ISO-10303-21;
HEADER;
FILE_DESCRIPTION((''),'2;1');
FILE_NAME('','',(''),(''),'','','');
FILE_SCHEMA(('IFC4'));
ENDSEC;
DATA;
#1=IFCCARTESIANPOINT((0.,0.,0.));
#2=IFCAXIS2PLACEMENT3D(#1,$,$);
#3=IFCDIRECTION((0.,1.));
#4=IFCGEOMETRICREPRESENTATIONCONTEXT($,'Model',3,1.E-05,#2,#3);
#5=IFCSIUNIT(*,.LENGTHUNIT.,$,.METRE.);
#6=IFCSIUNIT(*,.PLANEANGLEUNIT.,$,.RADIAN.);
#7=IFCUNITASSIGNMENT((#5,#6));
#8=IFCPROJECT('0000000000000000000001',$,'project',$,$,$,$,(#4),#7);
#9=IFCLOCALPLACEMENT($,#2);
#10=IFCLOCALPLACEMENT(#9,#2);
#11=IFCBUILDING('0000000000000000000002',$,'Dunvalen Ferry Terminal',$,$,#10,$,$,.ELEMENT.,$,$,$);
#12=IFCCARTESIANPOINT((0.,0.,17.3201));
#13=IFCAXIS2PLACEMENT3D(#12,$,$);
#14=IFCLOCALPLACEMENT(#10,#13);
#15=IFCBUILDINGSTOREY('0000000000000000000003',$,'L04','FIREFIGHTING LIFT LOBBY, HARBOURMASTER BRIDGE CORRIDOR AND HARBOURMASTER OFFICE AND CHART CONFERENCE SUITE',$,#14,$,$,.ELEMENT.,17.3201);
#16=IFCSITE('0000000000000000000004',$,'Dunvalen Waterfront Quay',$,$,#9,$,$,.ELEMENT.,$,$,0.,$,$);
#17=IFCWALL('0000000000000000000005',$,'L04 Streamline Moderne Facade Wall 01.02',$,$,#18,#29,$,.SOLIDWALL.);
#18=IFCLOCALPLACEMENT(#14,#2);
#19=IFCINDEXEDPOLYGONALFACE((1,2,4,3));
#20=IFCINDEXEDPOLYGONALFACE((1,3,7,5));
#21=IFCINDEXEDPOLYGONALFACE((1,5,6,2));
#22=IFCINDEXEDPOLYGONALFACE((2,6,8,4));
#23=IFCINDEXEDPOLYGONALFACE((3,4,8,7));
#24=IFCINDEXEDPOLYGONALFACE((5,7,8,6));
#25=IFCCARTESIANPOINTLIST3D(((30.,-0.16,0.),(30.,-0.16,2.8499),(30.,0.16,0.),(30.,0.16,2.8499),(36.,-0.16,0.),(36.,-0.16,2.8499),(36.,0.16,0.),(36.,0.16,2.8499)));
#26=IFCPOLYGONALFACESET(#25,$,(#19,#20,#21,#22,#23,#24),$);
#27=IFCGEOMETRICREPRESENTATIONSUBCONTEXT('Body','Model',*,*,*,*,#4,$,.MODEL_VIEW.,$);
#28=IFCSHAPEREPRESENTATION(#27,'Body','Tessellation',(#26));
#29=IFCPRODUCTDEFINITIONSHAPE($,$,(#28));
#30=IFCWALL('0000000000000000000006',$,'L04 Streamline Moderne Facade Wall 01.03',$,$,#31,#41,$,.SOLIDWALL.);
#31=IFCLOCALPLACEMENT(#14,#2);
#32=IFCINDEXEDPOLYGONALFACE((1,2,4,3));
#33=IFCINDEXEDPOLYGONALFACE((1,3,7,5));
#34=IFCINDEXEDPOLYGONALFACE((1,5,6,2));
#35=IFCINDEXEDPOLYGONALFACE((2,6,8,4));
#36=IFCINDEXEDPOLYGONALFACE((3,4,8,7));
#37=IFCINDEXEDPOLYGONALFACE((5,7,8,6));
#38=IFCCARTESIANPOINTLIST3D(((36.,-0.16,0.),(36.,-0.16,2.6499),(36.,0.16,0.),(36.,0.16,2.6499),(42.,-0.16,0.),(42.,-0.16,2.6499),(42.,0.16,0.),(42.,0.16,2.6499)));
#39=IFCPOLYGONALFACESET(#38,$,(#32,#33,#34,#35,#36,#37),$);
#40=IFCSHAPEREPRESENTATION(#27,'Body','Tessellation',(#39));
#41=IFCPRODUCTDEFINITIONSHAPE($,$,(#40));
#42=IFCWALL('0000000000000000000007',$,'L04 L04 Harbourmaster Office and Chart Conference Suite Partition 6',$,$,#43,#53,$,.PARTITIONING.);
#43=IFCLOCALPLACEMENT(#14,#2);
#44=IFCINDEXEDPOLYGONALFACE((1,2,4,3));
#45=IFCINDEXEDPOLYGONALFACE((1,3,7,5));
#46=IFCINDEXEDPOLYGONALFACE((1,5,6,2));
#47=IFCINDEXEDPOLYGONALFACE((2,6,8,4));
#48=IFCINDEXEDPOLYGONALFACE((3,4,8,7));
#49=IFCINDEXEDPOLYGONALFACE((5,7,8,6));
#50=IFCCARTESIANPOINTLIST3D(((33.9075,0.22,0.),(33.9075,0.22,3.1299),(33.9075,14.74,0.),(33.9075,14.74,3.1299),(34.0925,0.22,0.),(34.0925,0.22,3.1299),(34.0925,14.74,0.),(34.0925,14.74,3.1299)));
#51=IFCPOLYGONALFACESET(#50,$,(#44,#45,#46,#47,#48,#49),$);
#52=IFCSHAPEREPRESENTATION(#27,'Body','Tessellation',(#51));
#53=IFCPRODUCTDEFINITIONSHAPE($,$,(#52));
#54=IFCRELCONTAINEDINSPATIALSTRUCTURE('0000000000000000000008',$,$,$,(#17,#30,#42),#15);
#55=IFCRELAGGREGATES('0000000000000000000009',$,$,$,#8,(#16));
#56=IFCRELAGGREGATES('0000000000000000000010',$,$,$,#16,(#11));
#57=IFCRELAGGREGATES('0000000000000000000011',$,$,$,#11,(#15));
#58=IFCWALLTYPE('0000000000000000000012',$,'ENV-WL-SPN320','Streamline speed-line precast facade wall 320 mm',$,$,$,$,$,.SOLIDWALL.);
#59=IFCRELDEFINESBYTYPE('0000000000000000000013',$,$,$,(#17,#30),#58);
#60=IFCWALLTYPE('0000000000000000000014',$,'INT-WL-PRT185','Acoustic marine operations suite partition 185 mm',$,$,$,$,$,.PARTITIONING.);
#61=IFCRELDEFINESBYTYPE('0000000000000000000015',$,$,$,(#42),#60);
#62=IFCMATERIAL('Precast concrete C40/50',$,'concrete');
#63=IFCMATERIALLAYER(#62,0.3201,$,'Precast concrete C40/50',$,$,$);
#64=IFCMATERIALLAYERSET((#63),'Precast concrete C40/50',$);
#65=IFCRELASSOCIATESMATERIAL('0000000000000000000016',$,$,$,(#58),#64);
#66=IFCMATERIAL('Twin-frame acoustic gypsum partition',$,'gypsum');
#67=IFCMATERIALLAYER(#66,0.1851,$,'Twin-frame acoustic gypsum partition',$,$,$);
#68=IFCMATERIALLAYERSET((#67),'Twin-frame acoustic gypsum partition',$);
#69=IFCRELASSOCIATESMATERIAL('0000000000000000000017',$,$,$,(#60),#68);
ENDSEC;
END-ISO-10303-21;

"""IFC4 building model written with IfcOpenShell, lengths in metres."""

from ifc_helpers import new_model, si_unit, direction, frame, frame_2d, origin, place, context, subcontext, project, spatial, rectangle, extrude, material, layer, layer_set, type_object, element, save


model = new_model("IFC4")

# Units and contexts
model_context = context("Model", 3, precision=1e-05, world=origin(), true_north=direction((0.0, 1.0)))
body_context = subcontext(model_context, "Body", "Model", "MODEL_VIEW")
ifc_project = project(units=[si_unit("LENGTHUNIT", "METRE"), si_unit("PLANEANGLEUNIT", "RADIAN")], contexts=[model_context])

# Site, building, storey
site_placement = place(None, origin())
site = spatial("IfcSite", under=ifc_project, at=site_placement, Name="Dunvalen Waterfront Quay", CompositionType="ELEMENT", RefElevation=0.0)
building_placement = place(site_placement, origin())
building = spatial("IfcBuilding", under=site, at=building_placement, Name="Dunvalen Ferry Terminal", CompositionType="ELEMENT")
storey_placement = place(building_placement, frame((0.0, 0.0, 17.3201)))
storey = spatial("IfcBuildingStorey", under=building, at=storey_placement, Name="L04", Description="FIREFIGHTING LIFT LOBBY, HARBOURMASTER BRIDGE CORRIDOR AND HARBOURMASTER OFFICE AND CHART CONFERENCE SUITE", CompositionType="ELEMENT", Elevation=17.3201)

# Walls
ifc_material_1 = material(Name="Precast concrete C40/50", Category="concrete")
ifc_layer_1 = layer(ifc_material_1, 0.3201, Name="Precast concrete C40/50")
ifc_layer_set_1 = layer_set([ifc_layer_1], Name="Precast concrete C40/50")
wall_type_1 = type_object("IfcWallType", Name="ENV-WL-SPN320", Description="Streamline speed-line precast facade wall 320 mm", PredefinedType="SOLIDWALL", material=ifc_layer_set_1)
wall_1_placement = place(storey_placement, frame((30.0, 0.0, 0.0), z_axis=(0.0, 0.0, 1.0), x_axis=(1.0, 0.0, 0.0)))
element("IfcWall", 1, at=wall_1_placement, inside=storey, type_object=wall_type_1, Name="L04 Streamline Moderne Facade Wall 01.02", PredefinedType="SOLIDWALL", context=body_context, shape_type="SweptSolid", body=[
    extrude(rectangle(XDim=6.0, YDim=0.3201, at=frame_2d((3.0, 0.0))), origin(), (0.0, 0.0, 1.0), 2.8499),
])
wall_2_placement = place(storey_placement, frame((36.0, 0.0, 0.0), z_axis=(0.0, 0.0, 1.0), x_axis=(1.0, 0.0, 0.0)))
element("IfcWall", 2, at=wall_2_placement, inside=storey, type_object=wall_type_1, Name="L04 Streamline Moderne Facade Wall 01.03", PredefinedType="SOLIDWALL", context=body_context, shape_type="SweptSolid", body=[
    extrude(rectangle(XDim=6.0, YDim=0.3201, at=frame_2d((3.0, 0.0))), origin(), (0.0, 0.0, 1.0), 2.6499),
])
ifc_material_2 = material(Name="Twin-frame acoustic gypsum partition", Category="gypsum")
ifc_layer_2 = layer(ifc_material_2, 0.1851, Name="Twin-frame acoustic gypsum partition")
ifc_layer_set_2 = layer_set([ifc_layer_2], Name="Twin-frame acoustic gypsum partition")
wall_type_2 = type_object("IfcWallType", Name="INT-WL-PRT185", Description="Acoustic marine operations suite partition 185 mm", PredefinedType="PARTITIONING", material=ifc_layer_set_2)
wall_3_placement = place(storey_placement, frame((34.0, 0.22, 0.0), z_axis=(0.0, 0.0, 1.0), x_axis=(0.0, 1.0, 0.0)))
element("IfcWall", 3, at=wall_3_placement, inside=storey, type_object=wall_type_2, Name="L04 L04 Harbourmaster Office and Chart Conference Suite Partition 6", PredefinedType="PARTITIONING", context=body_context, shape_type="SweptSolid", body=[
    extrude(rectangle(XDim=14.52, YDim=0.1851, at=frame_2d((7.26, 0.0))), origin(), (0.0, 0.0, 1.0), 3.1299),
])

save(model, "model.ifc")
